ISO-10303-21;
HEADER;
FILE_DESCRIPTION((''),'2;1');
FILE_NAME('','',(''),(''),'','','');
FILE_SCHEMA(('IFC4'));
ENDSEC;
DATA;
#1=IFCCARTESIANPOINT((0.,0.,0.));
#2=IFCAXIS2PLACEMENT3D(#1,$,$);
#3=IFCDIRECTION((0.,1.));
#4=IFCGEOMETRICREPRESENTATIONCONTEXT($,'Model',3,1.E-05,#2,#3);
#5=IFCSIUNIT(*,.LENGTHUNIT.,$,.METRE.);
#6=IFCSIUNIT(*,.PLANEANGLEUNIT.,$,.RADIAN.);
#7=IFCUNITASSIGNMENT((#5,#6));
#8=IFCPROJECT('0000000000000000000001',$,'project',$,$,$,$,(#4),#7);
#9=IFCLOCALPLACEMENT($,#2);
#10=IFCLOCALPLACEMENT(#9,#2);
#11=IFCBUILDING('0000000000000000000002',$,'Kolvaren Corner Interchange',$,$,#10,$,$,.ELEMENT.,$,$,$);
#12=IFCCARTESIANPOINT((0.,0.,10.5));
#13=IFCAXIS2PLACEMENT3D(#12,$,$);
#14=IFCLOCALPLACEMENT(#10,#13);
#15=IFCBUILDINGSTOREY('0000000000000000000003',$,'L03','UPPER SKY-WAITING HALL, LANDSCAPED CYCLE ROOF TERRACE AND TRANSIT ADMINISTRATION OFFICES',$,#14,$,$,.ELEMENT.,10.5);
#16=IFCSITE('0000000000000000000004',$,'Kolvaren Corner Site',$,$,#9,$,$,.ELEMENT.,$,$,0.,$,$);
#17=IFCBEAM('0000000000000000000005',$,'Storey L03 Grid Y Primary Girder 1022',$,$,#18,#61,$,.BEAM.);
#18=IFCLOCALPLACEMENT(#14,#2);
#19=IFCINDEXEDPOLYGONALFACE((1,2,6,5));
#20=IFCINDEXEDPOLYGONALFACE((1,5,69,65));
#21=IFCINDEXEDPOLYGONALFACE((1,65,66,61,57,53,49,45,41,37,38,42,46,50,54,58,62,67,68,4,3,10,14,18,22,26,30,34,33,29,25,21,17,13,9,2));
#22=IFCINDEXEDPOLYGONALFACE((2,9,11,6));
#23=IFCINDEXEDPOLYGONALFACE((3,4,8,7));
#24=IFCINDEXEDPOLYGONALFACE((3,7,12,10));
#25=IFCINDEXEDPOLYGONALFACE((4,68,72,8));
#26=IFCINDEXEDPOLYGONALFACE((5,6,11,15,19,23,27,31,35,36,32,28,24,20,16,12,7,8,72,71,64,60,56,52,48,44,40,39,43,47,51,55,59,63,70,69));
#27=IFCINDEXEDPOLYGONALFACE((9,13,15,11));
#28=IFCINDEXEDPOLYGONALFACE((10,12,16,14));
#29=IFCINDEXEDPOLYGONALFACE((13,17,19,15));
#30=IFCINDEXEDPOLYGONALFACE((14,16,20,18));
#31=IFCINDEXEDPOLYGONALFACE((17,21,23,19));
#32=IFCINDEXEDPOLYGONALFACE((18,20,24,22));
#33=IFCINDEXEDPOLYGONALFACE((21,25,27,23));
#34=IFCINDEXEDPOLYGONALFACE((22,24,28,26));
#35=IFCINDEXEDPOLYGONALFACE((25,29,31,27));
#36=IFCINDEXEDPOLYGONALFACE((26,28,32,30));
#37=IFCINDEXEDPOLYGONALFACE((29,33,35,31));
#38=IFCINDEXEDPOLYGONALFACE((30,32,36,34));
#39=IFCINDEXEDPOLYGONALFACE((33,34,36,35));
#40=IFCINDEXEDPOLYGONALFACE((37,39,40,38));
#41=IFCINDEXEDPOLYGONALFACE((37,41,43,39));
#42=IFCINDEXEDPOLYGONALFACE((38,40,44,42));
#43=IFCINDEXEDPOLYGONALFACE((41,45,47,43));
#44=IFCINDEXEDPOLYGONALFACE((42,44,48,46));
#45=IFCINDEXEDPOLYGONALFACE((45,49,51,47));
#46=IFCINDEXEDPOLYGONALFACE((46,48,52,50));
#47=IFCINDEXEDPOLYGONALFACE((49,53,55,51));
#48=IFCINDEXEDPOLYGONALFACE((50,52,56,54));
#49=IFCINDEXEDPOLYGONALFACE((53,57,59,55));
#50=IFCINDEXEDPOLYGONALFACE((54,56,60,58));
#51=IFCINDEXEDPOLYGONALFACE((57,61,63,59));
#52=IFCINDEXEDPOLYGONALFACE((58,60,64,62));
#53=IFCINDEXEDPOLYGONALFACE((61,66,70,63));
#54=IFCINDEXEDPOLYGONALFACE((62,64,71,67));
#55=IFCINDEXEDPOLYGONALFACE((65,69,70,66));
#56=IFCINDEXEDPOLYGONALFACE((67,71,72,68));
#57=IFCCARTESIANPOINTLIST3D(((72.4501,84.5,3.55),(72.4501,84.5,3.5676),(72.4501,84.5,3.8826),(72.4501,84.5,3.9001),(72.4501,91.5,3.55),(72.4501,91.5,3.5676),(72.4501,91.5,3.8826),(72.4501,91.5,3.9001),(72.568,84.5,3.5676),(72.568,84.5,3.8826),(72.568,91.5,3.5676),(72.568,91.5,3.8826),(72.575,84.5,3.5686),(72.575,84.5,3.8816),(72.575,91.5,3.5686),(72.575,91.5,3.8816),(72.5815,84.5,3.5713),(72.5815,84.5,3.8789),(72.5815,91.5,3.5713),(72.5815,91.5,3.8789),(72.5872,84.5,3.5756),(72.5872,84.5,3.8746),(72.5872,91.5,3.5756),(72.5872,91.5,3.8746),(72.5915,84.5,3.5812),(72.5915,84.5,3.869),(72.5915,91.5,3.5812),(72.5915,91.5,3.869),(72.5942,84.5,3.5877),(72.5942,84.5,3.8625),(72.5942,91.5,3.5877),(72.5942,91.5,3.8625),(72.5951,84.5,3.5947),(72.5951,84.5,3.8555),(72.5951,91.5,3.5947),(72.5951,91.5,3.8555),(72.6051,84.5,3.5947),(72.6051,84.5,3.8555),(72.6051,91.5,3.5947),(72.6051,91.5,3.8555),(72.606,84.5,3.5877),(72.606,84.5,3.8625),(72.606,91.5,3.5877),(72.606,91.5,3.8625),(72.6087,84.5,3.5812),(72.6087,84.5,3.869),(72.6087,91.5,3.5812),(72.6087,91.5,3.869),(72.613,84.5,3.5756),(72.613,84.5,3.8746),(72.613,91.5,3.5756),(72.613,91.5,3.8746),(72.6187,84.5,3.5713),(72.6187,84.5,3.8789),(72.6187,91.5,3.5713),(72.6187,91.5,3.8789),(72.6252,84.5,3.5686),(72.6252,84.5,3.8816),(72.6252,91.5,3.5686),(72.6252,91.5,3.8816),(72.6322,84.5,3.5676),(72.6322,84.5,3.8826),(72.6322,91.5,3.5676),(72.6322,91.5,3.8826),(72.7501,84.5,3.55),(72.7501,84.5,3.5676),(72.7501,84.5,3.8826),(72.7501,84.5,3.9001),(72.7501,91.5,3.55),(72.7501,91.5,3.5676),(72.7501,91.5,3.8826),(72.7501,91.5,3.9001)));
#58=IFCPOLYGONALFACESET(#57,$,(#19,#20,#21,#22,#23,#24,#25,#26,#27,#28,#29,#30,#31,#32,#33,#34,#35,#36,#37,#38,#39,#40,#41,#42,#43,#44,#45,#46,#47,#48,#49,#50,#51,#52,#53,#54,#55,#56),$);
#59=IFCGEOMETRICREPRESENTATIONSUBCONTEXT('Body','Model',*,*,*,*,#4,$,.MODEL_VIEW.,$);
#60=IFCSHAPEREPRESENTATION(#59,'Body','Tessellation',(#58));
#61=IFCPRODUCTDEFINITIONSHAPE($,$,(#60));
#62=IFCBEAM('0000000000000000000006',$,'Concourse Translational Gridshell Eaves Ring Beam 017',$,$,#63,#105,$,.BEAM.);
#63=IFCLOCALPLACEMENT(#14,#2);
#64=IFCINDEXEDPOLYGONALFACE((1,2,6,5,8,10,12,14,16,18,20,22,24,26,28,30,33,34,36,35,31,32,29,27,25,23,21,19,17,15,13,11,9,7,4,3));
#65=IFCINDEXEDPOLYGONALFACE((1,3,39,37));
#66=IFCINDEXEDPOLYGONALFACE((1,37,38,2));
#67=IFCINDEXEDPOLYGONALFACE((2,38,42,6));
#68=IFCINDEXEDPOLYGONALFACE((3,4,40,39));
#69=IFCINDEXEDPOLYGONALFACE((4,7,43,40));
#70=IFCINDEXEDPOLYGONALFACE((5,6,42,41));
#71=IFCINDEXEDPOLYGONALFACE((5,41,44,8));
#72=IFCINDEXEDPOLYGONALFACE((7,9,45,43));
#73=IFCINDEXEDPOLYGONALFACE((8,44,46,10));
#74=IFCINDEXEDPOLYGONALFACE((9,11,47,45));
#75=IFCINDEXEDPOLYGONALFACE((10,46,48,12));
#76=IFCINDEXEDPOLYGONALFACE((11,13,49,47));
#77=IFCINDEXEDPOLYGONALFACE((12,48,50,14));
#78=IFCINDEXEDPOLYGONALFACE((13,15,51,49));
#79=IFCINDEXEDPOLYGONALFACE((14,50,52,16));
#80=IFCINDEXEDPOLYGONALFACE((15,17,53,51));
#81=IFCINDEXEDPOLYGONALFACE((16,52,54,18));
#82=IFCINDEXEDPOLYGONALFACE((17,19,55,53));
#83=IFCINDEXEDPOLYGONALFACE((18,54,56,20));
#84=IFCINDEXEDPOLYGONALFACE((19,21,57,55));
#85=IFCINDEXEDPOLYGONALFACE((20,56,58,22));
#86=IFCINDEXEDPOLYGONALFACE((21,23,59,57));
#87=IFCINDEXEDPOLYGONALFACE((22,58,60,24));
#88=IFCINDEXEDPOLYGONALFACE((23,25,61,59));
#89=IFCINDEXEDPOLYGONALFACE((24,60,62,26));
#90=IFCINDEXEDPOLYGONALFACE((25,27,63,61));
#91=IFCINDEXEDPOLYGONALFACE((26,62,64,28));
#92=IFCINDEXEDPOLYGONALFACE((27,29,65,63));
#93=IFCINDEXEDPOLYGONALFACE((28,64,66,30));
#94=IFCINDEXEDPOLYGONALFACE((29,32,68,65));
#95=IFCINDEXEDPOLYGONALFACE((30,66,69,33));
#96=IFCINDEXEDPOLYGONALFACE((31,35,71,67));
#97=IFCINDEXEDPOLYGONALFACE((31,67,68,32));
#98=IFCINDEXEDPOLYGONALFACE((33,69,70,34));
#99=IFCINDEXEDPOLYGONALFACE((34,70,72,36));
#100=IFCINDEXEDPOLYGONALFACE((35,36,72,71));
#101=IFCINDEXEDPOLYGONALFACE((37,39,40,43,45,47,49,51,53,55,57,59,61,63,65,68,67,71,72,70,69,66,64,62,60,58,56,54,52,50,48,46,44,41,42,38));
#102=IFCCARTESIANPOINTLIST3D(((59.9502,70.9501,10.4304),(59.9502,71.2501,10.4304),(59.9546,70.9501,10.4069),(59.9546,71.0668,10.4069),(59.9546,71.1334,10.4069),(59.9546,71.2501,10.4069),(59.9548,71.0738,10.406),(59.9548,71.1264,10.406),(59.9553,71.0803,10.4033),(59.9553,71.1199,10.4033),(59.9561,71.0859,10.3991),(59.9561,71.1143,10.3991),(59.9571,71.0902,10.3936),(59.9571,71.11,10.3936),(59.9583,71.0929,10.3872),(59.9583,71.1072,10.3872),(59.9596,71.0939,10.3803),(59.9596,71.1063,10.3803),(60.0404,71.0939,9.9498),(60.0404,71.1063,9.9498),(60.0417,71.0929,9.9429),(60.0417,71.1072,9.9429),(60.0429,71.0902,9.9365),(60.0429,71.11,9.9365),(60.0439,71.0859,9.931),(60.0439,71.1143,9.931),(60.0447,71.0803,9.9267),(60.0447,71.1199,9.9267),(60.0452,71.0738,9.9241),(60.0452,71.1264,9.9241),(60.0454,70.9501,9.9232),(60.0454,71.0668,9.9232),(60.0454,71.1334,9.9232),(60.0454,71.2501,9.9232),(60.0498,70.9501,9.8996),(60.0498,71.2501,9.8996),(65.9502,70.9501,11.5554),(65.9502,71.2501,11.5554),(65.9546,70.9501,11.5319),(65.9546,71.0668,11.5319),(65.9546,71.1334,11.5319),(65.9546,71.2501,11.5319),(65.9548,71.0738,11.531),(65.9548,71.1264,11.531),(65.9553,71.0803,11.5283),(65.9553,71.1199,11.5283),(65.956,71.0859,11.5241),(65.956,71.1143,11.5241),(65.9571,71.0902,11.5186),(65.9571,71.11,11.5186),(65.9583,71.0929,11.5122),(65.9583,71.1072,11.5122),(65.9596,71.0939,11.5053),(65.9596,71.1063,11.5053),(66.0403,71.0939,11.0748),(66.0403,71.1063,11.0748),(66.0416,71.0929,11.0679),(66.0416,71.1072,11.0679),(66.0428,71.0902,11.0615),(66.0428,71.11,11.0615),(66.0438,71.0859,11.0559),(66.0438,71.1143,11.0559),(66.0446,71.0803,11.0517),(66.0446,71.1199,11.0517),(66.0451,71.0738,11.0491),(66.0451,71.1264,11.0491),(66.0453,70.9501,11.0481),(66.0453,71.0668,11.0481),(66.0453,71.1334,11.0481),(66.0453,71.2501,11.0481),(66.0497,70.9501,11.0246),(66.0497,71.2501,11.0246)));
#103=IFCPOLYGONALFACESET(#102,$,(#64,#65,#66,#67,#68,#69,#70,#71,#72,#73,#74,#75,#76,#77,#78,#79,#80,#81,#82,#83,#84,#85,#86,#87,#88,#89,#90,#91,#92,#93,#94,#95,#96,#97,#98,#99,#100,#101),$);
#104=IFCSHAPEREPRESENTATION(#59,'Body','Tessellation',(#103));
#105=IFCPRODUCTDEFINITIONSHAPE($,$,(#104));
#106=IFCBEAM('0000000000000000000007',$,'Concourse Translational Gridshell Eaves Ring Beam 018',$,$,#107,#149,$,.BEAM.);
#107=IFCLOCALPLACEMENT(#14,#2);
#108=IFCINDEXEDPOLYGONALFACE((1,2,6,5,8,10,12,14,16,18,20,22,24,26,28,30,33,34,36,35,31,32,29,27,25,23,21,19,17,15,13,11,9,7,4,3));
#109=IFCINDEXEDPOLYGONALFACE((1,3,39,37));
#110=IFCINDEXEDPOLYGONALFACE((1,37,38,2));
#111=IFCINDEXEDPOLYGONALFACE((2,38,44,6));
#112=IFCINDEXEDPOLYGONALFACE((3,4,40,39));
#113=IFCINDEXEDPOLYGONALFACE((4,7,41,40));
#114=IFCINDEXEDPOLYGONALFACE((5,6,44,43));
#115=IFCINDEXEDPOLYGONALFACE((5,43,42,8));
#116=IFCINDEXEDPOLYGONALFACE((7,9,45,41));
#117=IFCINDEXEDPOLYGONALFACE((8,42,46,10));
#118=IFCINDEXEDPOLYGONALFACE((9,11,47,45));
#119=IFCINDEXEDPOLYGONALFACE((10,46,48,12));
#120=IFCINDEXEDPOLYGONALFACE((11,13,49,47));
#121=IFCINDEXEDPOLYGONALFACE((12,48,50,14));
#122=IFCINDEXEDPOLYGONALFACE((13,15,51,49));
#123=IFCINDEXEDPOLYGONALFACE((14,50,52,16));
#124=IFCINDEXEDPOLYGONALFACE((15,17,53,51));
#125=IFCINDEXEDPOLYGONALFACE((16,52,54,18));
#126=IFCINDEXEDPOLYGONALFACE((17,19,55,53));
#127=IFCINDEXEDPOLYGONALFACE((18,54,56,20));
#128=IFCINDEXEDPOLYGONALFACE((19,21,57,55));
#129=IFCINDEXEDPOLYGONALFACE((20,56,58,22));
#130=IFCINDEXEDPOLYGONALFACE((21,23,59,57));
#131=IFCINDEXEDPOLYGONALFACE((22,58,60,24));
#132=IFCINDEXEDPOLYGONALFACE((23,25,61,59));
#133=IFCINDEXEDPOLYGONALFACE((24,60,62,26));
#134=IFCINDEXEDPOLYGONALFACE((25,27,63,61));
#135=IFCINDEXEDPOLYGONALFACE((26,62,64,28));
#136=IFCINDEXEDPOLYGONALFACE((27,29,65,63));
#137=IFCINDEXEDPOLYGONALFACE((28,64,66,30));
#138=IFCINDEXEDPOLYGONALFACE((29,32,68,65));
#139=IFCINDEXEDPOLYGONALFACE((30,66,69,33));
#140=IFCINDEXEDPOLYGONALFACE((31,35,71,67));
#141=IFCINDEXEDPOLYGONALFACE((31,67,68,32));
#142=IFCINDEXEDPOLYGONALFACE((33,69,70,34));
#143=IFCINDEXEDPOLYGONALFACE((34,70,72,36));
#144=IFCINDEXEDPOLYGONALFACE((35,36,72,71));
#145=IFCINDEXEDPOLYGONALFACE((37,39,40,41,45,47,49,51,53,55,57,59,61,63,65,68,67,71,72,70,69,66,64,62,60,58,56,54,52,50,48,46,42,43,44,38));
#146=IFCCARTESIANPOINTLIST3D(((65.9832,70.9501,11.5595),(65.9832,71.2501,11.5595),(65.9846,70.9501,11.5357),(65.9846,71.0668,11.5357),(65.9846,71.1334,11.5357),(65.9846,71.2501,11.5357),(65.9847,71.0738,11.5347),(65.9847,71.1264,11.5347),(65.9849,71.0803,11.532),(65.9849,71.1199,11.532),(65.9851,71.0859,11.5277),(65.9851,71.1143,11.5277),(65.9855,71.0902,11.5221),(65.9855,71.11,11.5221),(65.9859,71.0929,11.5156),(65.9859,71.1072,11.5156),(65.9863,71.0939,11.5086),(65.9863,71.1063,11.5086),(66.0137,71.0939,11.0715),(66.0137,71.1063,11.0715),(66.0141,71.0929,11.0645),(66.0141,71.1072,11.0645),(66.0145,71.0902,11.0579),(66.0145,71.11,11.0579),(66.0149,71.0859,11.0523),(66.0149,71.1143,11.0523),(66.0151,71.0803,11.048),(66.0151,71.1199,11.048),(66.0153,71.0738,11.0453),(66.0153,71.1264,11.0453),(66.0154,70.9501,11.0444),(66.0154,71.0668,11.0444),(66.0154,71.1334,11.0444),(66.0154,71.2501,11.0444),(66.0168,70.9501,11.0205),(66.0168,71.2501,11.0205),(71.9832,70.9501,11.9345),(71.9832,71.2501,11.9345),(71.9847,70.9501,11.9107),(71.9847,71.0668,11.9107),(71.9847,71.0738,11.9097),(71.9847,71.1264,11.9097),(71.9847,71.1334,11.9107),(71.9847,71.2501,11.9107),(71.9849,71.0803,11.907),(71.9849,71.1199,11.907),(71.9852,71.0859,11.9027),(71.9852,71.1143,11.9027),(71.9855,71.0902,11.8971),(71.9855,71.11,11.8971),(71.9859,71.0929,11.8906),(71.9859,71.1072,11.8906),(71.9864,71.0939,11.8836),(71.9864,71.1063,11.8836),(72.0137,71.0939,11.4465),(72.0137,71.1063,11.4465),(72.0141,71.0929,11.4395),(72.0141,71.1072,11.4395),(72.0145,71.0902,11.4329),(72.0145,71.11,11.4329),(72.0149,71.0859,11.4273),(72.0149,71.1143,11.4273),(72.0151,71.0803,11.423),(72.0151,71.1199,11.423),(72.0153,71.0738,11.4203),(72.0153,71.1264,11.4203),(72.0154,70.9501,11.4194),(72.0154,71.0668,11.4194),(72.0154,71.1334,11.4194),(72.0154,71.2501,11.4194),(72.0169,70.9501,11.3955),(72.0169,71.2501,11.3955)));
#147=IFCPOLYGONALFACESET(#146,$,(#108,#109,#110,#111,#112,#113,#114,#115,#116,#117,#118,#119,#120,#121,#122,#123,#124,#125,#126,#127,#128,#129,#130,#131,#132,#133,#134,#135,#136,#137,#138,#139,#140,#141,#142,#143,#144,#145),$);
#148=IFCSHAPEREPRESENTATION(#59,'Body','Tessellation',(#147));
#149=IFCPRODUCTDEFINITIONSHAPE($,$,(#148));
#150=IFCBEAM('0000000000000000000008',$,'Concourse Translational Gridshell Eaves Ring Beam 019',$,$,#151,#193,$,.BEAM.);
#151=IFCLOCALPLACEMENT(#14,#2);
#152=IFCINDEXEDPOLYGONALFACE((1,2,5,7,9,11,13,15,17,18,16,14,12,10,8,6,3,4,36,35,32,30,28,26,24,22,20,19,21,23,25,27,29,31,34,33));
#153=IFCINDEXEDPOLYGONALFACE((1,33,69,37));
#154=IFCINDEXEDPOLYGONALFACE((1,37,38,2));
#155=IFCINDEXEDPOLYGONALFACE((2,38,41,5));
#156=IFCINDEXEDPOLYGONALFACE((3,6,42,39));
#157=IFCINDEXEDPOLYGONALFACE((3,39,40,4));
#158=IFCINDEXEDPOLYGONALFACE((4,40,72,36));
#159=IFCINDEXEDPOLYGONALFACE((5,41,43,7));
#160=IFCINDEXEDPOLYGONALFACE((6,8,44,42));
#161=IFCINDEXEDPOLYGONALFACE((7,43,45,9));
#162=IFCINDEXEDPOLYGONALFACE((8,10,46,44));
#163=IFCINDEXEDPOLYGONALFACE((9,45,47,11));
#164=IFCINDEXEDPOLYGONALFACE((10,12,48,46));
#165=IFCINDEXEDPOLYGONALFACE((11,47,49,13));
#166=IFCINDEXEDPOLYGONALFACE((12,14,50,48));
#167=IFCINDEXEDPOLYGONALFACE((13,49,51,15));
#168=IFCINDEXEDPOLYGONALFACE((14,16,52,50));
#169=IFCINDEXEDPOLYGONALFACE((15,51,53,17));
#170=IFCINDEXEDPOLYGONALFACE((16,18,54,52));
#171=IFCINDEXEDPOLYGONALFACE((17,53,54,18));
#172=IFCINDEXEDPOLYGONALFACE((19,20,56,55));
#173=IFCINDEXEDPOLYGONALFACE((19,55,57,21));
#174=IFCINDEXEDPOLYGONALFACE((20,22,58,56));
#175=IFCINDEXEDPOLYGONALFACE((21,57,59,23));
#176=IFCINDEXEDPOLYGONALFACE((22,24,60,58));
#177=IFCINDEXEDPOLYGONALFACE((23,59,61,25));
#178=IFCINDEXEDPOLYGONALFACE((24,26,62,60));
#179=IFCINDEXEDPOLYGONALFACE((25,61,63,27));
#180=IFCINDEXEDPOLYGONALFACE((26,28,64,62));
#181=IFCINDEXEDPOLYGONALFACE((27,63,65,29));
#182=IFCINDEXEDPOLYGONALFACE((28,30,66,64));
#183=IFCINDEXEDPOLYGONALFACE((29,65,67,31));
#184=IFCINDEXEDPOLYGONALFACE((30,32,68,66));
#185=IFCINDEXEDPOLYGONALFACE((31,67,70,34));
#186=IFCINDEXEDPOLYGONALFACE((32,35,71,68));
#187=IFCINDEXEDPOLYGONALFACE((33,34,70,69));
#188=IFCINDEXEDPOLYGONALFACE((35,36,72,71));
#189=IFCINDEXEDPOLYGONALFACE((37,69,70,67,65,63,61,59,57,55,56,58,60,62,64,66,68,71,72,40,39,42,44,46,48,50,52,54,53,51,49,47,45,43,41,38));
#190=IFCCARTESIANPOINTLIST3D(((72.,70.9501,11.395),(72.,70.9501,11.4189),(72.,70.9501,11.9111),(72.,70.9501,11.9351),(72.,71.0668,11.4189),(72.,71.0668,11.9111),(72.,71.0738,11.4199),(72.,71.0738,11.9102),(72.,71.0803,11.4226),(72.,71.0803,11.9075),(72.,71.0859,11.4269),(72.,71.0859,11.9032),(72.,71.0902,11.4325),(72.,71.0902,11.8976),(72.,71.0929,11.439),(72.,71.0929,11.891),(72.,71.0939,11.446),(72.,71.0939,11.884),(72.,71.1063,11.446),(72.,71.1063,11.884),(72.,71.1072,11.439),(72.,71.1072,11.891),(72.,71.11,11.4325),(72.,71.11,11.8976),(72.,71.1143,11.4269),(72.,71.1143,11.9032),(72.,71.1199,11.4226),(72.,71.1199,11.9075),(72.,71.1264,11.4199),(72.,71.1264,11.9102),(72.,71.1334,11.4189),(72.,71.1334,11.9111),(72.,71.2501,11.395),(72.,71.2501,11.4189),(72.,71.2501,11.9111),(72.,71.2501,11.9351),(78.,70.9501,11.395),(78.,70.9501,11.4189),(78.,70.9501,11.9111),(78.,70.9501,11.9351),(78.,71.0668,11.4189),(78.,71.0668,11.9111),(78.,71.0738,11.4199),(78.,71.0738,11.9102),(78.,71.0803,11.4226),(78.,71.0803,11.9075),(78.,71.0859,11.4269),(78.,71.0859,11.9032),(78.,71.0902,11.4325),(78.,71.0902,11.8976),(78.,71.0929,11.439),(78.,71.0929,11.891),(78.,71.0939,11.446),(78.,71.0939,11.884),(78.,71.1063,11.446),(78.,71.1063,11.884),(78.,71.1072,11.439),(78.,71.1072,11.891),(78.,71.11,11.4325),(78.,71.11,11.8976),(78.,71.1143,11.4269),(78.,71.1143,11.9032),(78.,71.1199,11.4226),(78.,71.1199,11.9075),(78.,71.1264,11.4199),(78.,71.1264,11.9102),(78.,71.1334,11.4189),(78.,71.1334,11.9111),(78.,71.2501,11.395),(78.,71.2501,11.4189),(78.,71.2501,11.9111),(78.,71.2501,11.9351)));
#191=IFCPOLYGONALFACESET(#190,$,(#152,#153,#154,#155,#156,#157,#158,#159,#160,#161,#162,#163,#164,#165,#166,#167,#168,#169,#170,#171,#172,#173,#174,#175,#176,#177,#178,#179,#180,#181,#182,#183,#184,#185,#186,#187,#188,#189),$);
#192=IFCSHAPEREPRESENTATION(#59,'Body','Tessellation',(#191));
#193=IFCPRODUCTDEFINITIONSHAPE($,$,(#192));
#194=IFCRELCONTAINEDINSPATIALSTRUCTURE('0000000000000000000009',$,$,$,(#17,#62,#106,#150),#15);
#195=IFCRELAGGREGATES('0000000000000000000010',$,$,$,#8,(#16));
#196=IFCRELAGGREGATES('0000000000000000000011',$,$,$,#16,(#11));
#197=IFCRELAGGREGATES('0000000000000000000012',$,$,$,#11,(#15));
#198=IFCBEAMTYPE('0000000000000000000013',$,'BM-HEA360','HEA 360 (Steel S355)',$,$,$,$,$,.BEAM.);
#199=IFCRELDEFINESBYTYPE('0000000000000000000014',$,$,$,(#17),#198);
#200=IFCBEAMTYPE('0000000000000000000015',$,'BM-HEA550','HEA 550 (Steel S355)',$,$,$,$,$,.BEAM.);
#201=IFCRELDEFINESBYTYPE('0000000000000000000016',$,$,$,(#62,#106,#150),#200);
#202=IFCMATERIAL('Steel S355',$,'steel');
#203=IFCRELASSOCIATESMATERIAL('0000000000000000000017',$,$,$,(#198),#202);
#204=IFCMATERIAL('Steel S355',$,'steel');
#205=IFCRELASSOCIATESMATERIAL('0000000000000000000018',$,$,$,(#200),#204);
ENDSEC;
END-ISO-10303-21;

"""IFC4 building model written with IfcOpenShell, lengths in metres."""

from ifc_helpers import new_model, si_unit, direction, frame, origin, origin_2d, place, context, subcontext, project, spatial, i_section, extrude, material, material_profile, profile_set, type_object, element, save


model = new_model("IFC4")

# Units and contexts
model_context = context("Model", 3, precision=1e-05, world=origin(), true_north=direction((0.0, 1.0)))
body_context = subcontext(model_context, "Body", "Model", "MODEL_VIEW")
ifc_project = project(units=[si_unit("LENGTHUNIT", "METRE"), si_unit("PLANEANGLEUNIT", "RADIAN")], contexts=[model_context])

# Site, building, storey
site_placement = place(None, origin())
site = spatial("IfcSite", under=ifc_project, at=site_placement, Name="Kolvaren Corner Site", CompositionType="ELEMENT", RefElevation=0.0)
building_placement = place(site_placement, origin())
building = spatial("IfcBuilding", under=site, at=building_placement, Name="Kolvaren Corner Interchange", CompositionType="ELEMENT")
storey_placement = place(building_placement, frame((0.0, 0.0, 10.5)))
storey = spatial("IfcBuildingStorey", under=building, at=storey_placement, Name="L03", Description="UPPER SKY-WAITING HALL, LANDSCAPED CYCLE ROOF TERRACE AND TRANSIT ADMINISTRATION OFFICES", CompositionType="ELEMENT", Elevation=10.5)

# Beams
ifc_material_1 = material(Name="Steel S355", Category="steel")
ifc_material_profile_1 = material_profile(ifc_material_1, i_section(OverallWidth=0.3, OverallDepth=0.3501, WebThickness=0.01, FlangeThickness=0.0176, FilletRadius=0.0271, at=origin_2d()), Name="HEA 360")
ifc_profile_set_1 = profile_set([ifc_material_profile_1], Name="Steel S355")
beam_type_1 = type_object("IfcBeamType", Name="BM-HEA360", Description="HEA 360 (Steel S355)", PredefinedType="BEAM", material=ifc_profile_set_1)
for number, where, z_axis, x_axis, name in (
    (1, (72.6001, 84.5, 3.7251), (0.0, 1.0, 0.0), (-1.0, 0.0, 0.0), "Storey L03 Grid Y Primary Girder 1022"),
):
    element("IfcBeam", number, at=place(storey_placement, frame(where, z_axis=z_axis, x_axis=x_axis)), inside=storey, type_object=beam_type_1, Name=name, PredefinedType="BEAM", context=body_context, shape_type="SweptSolid", body=[
        extrude(i_section(OverallWidth=0.3, OverallDepth=0.3501, WebThickness=0.01, FlangeThickness=0.0176, FilletRadius=0.0271, at=origin_2d()), origin(), (0.0, 0.0, 1.0), 7.0),
    ])
ifc_material_2 = material(Name="Steel S355", Category="steel")
ifc_material_profile_2 = material_profile(ifc_material_2, i_section(OverallWidth=0.3, OverallDepth=0.54, WebThickness=0.0125, FlangeThickness=0.0239, FilletRadius=0.0271, at=origin_2d()), Name="HEA 550")
ifc_profile_set_2 = profile_set([ifc_material_profile_2], Name="Steel S355")
beam_type_2 = type_object("IfcBeamType", Name="BM-HEA550", Description="HEA 550 (Steel S355)", PredefinedType="BEAM", material=ifc_profile_set_2)
beam_1_placement = place(storey_placement, frame((60.0, 71.1001, 10.165), z_axis=(0.982872, 0.0, 0.184289), x_axis=(0.0, 1.0, 0.0)))
element("IfcBeam", 2, at=beam_1_placement, inside=storey, type_object=beam_type_2, Name="Concourse Translational Gridshell Eaves Ring Beam 017", PredefinedType="BEAM", context=body_context, shape_type="SweptSolid", body=[
    extrude(i_section(OverallWidth=0.3, OverallDepth=0.54, WebThickness=0.0125, FlangeThickness=0.0239, FilletRadius=0.0271, at=origin_2d()), origin(), (0.0, 0.0, 1.0), 6.1045),
])
beam_2_placement = place(storey_placement, frame((66.0, 71.1001, 11.29), z_axis=(0.998053, 0.0, 0.062378), x_axis=(0.0, 1.0, 0.0)))
element("IfcBeam", 3, at=beam_2_placement, inside=storey, type_object=beam_type_2, Name="Concourse Translational Gridshell Eaves Ring Beam 018", PredefinedType="BEAM", context=body_context, shape_type="SweptSolid", body=[
    extrude(i_section(OverallWidth=0.3, OverallDepth=0.54, WebThickness=0.0125, FlangeThickness=0.0239, FilletRadius=0.0271, at=origin_2d()), origin(), (0.0, 0.0, 1.0), 6.0117),
])
beam_3_placement = place(storey_placement, frame((72.0, 71.1001, 11.665), z_axis=(1.0, 0.0, 0.0), x_axis=(0.0, 1.0, 0.0)))
element("IfcBeam", 4, at=beam_3_placement, inside=storey, type_object=beam_type_2, Name="Concourse Translational Gridshell Eaves Ring Beam 019", PredefinedType="BEAM", context=body_context, shape_type="SweptSolid", body=[
    extrude(i_section(OverallWidth=0.3, OverallDepth=0.54, WebThickness=0.0125, FlangeThickness=0.0239, FilletRadius=0.0271, at=origin_2d()), origin(), (0.0, 0.0, 1.0), 6.0),
])

save(model, "model.ifc")
